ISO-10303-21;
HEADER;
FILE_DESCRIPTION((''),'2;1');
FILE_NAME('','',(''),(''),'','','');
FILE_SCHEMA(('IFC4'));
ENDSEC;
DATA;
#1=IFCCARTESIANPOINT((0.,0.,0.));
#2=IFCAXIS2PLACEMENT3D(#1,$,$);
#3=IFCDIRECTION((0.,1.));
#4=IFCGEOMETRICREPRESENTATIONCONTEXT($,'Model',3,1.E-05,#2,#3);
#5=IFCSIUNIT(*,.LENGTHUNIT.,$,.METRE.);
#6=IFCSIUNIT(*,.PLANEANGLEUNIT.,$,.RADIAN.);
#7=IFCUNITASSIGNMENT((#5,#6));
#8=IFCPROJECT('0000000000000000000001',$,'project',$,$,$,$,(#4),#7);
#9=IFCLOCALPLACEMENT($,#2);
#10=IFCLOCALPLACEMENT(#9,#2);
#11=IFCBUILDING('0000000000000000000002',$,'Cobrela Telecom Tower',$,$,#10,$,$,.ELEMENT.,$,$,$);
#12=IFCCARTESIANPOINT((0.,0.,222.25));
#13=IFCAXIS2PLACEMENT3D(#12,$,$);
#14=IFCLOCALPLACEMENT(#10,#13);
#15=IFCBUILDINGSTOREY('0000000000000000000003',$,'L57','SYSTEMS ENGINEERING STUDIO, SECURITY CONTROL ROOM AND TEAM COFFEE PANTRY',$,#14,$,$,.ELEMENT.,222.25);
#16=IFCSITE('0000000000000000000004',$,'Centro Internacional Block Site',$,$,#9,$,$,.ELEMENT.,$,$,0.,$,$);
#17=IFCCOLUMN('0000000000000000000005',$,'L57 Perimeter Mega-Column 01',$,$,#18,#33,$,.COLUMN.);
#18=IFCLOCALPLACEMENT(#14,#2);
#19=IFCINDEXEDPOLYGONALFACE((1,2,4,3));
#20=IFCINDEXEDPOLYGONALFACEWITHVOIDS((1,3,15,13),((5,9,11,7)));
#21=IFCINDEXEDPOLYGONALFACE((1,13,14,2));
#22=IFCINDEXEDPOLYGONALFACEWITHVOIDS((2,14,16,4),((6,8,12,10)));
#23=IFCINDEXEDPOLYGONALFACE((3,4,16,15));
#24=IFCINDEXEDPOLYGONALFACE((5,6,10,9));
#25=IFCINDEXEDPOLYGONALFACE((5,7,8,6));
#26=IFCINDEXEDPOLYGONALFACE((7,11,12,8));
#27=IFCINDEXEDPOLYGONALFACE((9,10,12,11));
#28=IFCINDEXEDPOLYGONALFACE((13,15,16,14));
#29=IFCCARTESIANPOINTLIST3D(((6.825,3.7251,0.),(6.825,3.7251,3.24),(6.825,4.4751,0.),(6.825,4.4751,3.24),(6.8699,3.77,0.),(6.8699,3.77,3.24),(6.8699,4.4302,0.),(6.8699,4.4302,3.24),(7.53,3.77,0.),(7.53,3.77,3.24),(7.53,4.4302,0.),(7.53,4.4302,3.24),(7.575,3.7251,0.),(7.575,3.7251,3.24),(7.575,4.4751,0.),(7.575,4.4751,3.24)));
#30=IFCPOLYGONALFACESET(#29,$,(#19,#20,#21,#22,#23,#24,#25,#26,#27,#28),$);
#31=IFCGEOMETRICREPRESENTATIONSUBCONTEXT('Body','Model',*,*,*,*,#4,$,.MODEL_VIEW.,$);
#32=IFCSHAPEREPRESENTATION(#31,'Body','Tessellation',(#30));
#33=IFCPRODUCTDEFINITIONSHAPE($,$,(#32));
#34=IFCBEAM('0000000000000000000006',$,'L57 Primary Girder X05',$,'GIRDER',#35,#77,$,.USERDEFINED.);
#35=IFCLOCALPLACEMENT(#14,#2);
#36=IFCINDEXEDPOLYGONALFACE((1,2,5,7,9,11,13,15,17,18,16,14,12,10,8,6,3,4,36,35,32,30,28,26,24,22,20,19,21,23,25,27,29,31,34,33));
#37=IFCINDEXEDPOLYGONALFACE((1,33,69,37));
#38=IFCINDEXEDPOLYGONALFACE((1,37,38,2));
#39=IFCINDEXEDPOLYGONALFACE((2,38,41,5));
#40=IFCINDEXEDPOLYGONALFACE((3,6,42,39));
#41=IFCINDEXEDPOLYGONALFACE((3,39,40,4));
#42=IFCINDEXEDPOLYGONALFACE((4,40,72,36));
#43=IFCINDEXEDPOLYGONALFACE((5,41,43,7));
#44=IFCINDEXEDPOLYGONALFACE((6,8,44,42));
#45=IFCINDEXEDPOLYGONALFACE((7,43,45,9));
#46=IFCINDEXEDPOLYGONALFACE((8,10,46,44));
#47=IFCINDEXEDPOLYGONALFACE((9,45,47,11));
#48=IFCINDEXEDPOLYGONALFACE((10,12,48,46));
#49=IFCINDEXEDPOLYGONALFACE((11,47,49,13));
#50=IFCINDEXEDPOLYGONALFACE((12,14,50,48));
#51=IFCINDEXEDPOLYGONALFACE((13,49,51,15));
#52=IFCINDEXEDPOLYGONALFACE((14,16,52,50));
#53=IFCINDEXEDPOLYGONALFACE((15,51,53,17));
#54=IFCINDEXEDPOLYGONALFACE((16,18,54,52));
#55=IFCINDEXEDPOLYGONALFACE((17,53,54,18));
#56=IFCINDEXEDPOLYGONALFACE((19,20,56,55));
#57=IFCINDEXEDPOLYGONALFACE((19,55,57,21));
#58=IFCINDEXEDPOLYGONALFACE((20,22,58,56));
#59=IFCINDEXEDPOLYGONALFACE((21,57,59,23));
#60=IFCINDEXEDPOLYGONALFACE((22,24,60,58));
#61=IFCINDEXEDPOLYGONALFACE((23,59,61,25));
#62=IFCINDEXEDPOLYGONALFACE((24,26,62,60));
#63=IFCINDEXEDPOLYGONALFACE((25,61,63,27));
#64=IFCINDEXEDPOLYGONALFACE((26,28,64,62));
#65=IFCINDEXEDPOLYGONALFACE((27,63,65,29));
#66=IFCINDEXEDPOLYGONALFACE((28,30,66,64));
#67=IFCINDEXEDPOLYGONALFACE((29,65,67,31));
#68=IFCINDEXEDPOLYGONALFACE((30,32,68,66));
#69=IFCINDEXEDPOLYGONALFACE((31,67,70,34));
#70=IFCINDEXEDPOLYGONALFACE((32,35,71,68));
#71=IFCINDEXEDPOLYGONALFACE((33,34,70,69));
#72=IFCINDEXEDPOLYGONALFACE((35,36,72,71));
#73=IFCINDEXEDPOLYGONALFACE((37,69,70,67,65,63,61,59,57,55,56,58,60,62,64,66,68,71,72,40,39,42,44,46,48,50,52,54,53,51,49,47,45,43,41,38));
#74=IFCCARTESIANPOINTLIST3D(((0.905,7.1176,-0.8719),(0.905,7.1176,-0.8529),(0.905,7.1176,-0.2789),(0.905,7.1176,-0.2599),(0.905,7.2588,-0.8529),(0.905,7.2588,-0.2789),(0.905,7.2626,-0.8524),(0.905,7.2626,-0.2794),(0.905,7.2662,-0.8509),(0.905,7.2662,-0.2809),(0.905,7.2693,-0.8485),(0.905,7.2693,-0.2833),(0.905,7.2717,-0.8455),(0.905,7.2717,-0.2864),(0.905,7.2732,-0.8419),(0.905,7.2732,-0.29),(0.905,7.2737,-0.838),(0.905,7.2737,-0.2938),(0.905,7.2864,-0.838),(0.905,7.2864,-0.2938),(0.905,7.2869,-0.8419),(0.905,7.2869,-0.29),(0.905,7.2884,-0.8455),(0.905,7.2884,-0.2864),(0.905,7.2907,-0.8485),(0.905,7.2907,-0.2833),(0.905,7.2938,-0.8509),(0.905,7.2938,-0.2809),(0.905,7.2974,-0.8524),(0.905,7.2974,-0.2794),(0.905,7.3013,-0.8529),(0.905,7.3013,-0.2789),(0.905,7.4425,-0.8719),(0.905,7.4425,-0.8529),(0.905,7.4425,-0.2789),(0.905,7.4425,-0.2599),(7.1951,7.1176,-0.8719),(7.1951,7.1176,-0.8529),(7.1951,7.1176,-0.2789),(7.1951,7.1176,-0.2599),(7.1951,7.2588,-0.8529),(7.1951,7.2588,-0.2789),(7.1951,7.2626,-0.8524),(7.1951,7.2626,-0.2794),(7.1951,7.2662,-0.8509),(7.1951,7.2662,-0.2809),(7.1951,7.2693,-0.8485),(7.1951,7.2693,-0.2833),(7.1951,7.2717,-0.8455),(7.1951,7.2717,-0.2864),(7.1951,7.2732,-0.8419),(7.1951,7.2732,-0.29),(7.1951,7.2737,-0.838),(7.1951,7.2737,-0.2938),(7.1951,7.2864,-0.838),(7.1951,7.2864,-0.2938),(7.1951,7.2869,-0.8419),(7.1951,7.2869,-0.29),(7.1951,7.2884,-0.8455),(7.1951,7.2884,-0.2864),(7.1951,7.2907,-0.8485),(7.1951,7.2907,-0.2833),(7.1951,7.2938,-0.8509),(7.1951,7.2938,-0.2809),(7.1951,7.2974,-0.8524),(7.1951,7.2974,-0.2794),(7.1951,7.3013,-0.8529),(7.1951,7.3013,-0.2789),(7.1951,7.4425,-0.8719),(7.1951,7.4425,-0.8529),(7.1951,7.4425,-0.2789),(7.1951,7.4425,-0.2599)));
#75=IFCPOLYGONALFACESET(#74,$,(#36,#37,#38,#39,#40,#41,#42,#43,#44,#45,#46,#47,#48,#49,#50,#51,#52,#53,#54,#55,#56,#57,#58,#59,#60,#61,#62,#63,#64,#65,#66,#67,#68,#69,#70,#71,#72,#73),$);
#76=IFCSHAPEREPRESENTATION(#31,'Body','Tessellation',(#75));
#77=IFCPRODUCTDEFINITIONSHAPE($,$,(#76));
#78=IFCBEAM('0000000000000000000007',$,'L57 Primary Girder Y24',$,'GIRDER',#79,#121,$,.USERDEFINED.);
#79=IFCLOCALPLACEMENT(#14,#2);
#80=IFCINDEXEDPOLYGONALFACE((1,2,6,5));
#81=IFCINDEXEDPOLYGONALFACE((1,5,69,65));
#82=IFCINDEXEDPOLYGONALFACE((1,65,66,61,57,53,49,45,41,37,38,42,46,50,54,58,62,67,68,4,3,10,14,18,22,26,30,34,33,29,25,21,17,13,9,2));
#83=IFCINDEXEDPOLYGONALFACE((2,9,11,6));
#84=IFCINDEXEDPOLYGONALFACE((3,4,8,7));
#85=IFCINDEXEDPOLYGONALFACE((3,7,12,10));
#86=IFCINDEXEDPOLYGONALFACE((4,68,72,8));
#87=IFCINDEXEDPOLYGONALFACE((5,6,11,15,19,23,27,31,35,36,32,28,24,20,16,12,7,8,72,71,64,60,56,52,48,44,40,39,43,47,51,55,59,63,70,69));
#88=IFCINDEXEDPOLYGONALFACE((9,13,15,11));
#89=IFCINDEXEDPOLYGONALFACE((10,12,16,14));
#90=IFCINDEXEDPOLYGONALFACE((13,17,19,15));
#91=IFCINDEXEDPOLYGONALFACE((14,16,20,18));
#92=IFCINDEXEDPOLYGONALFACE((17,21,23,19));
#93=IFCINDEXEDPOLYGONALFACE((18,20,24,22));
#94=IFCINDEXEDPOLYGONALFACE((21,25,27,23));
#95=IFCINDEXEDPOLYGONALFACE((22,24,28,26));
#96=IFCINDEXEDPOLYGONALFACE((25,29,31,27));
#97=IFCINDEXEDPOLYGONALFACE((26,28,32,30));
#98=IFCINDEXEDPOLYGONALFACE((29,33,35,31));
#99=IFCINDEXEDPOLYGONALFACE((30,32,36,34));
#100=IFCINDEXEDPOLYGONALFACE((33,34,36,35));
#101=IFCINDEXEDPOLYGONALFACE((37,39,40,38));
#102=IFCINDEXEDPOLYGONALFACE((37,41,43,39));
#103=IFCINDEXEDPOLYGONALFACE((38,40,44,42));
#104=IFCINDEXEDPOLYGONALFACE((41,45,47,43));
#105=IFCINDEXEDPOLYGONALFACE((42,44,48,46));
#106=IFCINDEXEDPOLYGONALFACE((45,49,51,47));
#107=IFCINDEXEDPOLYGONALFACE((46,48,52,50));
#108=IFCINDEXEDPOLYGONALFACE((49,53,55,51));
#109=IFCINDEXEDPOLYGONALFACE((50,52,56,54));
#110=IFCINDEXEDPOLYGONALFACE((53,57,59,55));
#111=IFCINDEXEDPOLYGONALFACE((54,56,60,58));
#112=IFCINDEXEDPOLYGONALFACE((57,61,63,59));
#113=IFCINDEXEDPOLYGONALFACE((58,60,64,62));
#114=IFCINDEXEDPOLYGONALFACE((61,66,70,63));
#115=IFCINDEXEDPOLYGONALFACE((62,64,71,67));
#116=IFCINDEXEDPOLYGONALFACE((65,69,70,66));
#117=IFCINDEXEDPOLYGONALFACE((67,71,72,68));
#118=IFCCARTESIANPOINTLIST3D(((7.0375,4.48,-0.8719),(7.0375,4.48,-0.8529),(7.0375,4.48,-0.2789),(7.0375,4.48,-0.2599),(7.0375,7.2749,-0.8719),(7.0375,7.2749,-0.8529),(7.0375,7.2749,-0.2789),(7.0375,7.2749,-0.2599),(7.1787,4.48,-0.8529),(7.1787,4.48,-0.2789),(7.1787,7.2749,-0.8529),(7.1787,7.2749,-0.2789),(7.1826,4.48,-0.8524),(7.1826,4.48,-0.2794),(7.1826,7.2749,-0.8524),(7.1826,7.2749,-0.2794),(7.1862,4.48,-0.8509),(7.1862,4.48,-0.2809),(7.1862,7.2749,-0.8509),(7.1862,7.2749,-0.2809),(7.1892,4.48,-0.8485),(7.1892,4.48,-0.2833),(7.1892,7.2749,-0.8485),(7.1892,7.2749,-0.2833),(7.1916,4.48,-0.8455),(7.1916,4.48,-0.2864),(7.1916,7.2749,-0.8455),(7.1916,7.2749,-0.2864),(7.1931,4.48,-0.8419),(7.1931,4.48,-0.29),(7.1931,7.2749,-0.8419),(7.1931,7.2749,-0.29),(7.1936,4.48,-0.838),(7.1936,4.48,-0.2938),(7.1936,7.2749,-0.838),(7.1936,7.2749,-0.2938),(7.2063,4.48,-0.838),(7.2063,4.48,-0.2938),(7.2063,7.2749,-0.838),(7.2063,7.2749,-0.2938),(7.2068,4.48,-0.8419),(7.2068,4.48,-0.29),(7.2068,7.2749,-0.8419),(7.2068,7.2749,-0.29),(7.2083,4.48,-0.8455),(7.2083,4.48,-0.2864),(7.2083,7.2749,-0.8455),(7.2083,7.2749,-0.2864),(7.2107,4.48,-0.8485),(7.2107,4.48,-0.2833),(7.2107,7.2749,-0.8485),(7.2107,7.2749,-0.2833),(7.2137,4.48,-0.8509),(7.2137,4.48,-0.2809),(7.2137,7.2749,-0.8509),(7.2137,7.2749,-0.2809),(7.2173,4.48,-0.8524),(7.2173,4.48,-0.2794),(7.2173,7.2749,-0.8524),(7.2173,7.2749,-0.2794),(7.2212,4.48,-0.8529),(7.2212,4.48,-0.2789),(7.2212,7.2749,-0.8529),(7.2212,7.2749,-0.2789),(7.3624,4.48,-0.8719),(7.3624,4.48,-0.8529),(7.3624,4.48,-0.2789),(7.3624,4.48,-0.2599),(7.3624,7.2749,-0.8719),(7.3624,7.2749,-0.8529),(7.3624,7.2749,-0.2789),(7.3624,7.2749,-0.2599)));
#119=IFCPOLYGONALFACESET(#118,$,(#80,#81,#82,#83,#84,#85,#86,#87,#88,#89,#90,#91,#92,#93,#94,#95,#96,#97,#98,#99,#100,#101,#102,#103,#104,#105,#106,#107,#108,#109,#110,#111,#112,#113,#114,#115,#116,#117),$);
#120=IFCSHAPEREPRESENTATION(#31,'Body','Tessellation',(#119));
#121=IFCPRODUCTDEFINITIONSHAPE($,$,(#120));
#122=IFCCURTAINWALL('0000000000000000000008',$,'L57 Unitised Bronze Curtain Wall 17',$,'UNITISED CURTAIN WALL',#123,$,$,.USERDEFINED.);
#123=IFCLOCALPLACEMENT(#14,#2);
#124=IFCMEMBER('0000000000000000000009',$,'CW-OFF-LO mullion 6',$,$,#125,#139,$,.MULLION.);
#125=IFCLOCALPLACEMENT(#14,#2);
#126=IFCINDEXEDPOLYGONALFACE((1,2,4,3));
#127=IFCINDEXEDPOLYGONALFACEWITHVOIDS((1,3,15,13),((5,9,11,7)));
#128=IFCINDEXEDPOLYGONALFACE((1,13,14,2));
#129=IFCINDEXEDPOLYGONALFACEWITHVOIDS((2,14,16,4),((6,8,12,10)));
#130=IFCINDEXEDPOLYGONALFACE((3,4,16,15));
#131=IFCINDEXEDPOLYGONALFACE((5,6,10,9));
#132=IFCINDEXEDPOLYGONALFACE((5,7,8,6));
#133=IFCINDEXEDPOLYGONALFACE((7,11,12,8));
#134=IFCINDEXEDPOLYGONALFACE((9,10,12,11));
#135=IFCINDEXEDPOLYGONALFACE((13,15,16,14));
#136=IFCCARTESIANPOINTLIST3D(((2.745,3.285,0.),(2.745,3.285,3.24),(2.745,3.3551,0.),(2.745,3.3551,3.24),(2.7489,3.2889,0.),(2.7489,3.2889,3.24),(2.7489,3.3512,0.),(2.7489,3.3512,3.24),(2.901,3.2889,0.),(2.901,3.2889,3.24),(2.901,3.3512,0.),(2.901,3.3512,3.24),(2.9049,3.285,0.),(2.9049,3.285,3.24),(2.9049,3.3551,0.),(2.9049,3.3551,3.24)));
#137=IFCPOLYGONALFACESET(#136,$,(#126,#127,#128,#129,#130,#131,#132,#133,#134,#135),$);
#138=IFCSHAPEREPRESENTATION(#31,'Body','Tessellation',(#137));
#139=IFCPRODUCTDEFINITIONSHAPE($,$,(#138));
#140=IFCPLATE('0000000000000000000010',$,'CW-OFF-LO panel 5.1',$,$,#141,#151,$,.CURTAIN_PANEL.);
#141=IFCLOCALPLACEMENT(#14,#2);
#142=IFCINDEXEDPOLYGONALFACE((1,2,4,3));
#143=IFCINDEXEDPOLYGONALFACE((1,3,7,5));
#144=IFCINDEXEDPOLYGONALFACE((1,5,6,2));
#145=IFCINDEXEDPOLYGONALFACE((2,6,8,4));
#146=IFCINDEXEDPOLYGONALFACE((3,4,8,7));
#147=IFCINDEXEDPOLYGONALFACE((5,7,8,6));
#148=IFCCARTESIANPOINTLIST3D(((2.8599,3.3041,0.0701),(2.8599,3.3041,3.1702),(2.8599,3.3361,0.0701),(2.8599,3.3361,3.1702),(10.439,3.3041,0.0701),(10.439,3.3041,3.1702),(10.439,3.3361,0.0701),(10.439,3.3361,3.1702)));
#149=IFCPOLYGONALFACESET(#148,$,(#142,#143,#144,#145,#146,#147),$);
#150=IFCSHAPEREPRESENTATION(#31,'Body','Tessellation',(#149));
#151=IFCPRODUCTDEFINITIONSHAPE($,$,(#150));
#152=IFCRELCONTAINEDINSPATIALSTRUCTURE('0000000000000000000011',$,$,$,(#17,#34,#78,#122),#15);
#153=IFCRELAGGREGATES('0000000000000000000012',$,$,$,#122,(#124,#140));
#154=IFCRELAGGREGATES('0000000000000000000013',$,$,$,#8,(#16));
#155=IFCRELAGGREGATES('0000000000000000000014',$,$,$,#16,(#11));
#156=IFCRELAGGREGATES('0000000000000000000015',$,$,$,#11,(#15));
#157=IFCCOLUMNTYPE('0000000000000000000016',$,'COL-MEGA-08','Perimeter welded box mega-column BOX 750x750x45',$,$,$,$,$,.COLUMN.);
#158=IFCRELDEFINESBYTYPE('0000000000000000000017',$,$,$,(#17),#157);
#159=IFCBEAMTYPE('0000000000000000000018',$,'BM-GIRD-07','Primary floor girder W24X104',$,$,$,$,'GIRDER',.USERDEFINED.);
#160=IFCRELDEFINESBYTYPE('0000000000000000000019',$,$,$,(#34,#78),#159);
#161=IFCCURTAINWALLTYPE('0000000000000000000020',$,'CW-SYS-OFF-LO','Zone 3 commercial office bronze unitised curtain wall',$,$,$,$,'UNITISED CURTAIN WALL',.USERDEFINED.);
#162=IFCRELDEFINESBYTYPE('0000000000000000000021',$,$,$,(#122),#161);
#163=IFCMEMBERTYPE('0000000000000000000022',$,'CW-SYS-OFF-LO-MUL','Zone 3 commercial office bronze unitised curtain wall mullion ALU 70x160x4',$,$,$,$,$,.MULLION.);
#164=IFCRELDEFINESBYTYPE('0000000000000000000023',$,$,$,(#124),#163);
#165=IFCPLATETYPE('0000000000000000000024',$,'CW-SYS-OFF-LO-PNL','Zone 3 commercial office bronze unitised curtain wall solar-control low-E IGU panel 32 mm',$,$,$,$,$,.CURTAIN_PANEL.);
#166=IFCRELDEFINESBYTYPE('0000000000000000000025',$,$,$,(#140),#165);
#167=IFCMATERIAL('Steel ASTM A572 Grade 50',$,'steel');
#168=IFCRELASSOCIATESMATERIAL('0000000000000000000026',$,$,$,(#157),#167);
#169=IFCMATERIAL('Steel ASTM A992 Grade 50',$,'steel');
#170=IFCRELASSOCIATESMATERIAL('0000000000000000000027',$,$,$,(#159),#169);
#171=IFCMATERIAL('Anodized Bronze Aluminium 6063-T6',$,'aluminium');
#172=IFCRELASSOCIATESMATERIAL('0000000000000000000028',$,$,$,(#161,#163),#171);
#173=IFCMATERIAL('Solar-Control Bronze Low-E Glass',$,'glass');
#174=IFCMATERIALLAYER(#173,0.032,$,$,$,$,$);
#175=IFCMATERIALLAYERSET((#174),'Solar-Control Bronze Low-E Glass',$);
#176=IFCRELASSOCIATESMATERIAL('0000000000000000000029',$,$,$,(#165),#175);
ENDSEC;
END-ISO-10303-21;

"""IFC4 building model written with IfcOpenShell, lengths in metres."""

from ifc_helpers import new_model, si_unit, direction, frame, origin, origin_2d, place, context, subcontext, project, spatial, rectangle, hollow_rectangle, i_section, extrude, material, layer, layer_set, material_profile, profile_set, type_object, element, aggregate, save


model = new_model("IFC4")

# Units and contexts
model_context = context("Model", 3, precision=1e-05, world=origin(), true_north=direction((0.0, 1.0)))
body_context = subcontext(model_context, "Body", "Model", "MODEL_VIEW")
ifc_project = project(units=[si_unit("LENGTHUNIT", "METRE"), si_unit("PLANEANGLEUNIT", "RADIAN")], contexts=[model_context])

# Site, building, storey
site_placement = place(None, origin())
site = spatial("IfcSite", under=ifc_project, at=site_placement, Name="Centro Internacional Block Site", CompositionType="ELEMENT", RefElevation=0.0)
building_placement = place(site_placement, origin())
building = spatial("IfcBuilding", under=site, at=building_placement, Name="Cobrela Telecom Tower", CompositionType="ELEMENT")
storey_placement = place(building_placement, frame((0.0, 0.0, 222.25)))
storey = spatial("IfcBuildingStorey", under=building, at=storey_placement, Name="L57", Description="SYSTEMS ENGINEERING STUDIO, SECURITY CONTROL ROOM AND TEAM COFFEE PANTRY", CompositionType="ELEMENT", Elevation=222.25)

# Column
ifc_material_1 = material(Name="Steel ASTM A572 Grade 50", Category="steel")
ifc_material_profile_1 = material_profile(ifc_material_1, hollow_rectangle(XDim=0.75, YDim=0.75, WallThickness=0.0449, at=origin_2d()), Name="BOX 750x750x45")
ifc_profile_set_1 = profile_set([ifc_material_profile_1], Name="Steel ASTM A572 Grade 50")
column_type = type_object("IfcColumnType", Name="COL-MEGA-08", Description="Perimeter welded box mega-column BOX 750x750x45", PredefinedType="COLUMN", material=ifc_profile_set_1)
column_placement = place(storey_placement, frame((7.2, 4.1001, 0.0), z_axis=(0.0, 0.0, 1.0), x_axis=(1.0, 0.0, 0.0)))
element("IfcColumn", 1, at=column_placement, inside=storey, type_object=column_type, Name="L57 Perimeter Mega-Column 01", PredefinedType="COLUMN", context=body_context, shape_type="SweptSolid", body=[
    extrude(hollow_rectangle(XDim=0.75, YDim=0.75, WallThickness=0.0449, at=origin_2d()), origin(), (0.0, 0.0, 1.0), 3.24),
])

# Beams
ifc_material_2 = material(Name="Steel ASTM A992 Grade 50", Category="steel")
ifc_material_profile_2 = material_profile(ifc_material_2, i_section(OverallWidth=0.325, OverallDepth=0.6121, WebThickness=0.0127, FlangeThickness=0.019, FilletRadius=0.0149, at=origin_2d()), Name="W24X104")
ifc_profile_set_2 = profile_set([ifc_material_profile_2], Name="Steel ASTM A992 Grade 50")
beam_type = type_object("IfcBeamType", Name="BM-GIRD-07", Description="Primary floor girder W24X104", ElementType="GIRDER", PredefinedType="USERDEFINED", material=ifc_profile_set_2)
beam_1_placement = place(storey_placement, frame((0.905, 7.28, -0.5659), z_axis=(1.0, 0.0, 0.0), x_axis=(0.0, 1.0, 0.0)))
element("IfcBeam", 2, at=beam_1_placement, inside=storey, type_object=beam_type, Name="L57 Primary Girder X05", ObjectType="GIRDER", PredefinedType="USERDEFINED", context=body_context, shape_type="SweptSolid", body=[
    extrude(i_section(OverallWidth=0.325, OverallDepth=0.6121, WebThickness=0.0127, FlangeThickness=0.019, FilletRadius=0.0149, at=origin_2d()), origin(), (0.0, 0.0, 1.0), 6.29),
])
beam_2_placement = place(storey_placement, frame((7.2, 4.48, -0.5659), z_axis=(0.0, 1.0, 0.0), x_axis=(-1.0, 0.0, 0.0)))
element("IfcBeam", 3, at=beam_2_placement, inside=storey, type_object=beam_type, Name="L57 Primary Girder Y24", ObjectType="GIRDER", PredefinedType="USERDEFINED", context=body_context, shape_type="SweptSolid", body=[
    extrude(i_section(OverallWidth=0.325, OverallDepth=0.6121, WebThickness=0.0127, FlangeThickness=0.019, FilletRadius=0.0149, at=origin_2d()), origin(), (0.0, 0.0, 1.0), 2.7949),
])

# Curtain wall, member, plate
ifc_material_3 = material(Name="Anodized Bronze Aluminium 6063-T6", Category="aluminium")
curtain_wall_type = type_object("IfcCurtainWallType", Name="CW-SYS-OFF-LO", Description="Zone 3 commercial office bronze unitised curtain wall", ElementType="UNITISED CURTAIN WALL", PredefinedType="USERDEFINED", material=ifc_material_3)
curtain_wall_placement = place(storey_placement, origin())
curtain_wall = element("IfcCurtainWall", 4, at=curtain_wall_placement, inside=storey, type_object=curtain_wall_type, Name="L57 Unitised Bronze Curtain Wall 17", ObjectType="UNITISED CURTAIN WALL", PredefinedType="USERDEFINED")
ifc_material_profile_3 = material_profile(ifc_material_3, hollow_rectangle(XDim=0.0701, YDim=0.1599, WallThickness=0.0039, at=origin_2d()), Name="ALU 70x160x4")
ifc_profile_set_3 = profile_set([ifc_material_profile_3], Name="Anodized Bronze Aluminium 6063-T6")
member_type = type_object("IfcMemberType", Name="CW-SYS-OFF-LO-MUL", Description="Zone 3 commercial office bronze unitised curtain wall mullion ALU 70x160x4", PredefinedType="MULLION", material=ifc_profile_set_3)
member_placement = place(storey_placement, frame((2.825, 3.3201, 0.0), z_axis=(0.0, 0.0, 1.0), x_axis=(0.0, -1.0, 0.0)))
member = element("IfcMember", 5, at=member_placement, type_object=member_type, Name="CW-OFF-LO mullion 6", PredefinedType="MULLION", context=body_context, shape_type="SweptSolid", body=[
    extrude(hollow_rectangle(XDim=0.0701, YDim=0.1599, WallThickness=0.0039, at=origin_2d()), origin(), (0.0, 0.0, 1.0), 3.24),
])
ifc_material_4 = material(Name="Solar-Control Bronze Low-E Glass", Category="glass")
ifc_layer_1 = layer(ifc_material_4, 0.032)
ifc_layer_set_1 = layer_set([ifc_layer_1], Name="Solar-Control Bronze Low-E Glass")
plate_type = type_object("IfcPlateType", Name="CW-SYS-OFF-LO-PNL", Description="Zone 3 commercial office bronze unitised curtain wall solar-control low-E IGU panel 32 mm", PredefinedType="CURTAIN_PANEL", material=ifc_layer_set_1)
plate_placement = place(storey_placement, frame((6.6494, 3.3201, 0.0701), z_axis=(0.0, 0.0, 1.0), x_axis=(-1.0, 0.0, 0.0)))
plate = element("IfcPlate", 6, at=plate_placement, type_object=plate_type, Name="CW-OFF-LO panel 5.1", PredefinedType="CURTAIN_PANEL", context=body_context, shape_type="SweptSolid", body=[
    extrude(rectangle(XDim=7.5791, YDim=0.032, at=origin_2d()), origin(), (0.0, 0.0, 1.0), 3.1001),
])
aggregate(curtain_wall, [member, plate])

save(model, "model.ifc")
